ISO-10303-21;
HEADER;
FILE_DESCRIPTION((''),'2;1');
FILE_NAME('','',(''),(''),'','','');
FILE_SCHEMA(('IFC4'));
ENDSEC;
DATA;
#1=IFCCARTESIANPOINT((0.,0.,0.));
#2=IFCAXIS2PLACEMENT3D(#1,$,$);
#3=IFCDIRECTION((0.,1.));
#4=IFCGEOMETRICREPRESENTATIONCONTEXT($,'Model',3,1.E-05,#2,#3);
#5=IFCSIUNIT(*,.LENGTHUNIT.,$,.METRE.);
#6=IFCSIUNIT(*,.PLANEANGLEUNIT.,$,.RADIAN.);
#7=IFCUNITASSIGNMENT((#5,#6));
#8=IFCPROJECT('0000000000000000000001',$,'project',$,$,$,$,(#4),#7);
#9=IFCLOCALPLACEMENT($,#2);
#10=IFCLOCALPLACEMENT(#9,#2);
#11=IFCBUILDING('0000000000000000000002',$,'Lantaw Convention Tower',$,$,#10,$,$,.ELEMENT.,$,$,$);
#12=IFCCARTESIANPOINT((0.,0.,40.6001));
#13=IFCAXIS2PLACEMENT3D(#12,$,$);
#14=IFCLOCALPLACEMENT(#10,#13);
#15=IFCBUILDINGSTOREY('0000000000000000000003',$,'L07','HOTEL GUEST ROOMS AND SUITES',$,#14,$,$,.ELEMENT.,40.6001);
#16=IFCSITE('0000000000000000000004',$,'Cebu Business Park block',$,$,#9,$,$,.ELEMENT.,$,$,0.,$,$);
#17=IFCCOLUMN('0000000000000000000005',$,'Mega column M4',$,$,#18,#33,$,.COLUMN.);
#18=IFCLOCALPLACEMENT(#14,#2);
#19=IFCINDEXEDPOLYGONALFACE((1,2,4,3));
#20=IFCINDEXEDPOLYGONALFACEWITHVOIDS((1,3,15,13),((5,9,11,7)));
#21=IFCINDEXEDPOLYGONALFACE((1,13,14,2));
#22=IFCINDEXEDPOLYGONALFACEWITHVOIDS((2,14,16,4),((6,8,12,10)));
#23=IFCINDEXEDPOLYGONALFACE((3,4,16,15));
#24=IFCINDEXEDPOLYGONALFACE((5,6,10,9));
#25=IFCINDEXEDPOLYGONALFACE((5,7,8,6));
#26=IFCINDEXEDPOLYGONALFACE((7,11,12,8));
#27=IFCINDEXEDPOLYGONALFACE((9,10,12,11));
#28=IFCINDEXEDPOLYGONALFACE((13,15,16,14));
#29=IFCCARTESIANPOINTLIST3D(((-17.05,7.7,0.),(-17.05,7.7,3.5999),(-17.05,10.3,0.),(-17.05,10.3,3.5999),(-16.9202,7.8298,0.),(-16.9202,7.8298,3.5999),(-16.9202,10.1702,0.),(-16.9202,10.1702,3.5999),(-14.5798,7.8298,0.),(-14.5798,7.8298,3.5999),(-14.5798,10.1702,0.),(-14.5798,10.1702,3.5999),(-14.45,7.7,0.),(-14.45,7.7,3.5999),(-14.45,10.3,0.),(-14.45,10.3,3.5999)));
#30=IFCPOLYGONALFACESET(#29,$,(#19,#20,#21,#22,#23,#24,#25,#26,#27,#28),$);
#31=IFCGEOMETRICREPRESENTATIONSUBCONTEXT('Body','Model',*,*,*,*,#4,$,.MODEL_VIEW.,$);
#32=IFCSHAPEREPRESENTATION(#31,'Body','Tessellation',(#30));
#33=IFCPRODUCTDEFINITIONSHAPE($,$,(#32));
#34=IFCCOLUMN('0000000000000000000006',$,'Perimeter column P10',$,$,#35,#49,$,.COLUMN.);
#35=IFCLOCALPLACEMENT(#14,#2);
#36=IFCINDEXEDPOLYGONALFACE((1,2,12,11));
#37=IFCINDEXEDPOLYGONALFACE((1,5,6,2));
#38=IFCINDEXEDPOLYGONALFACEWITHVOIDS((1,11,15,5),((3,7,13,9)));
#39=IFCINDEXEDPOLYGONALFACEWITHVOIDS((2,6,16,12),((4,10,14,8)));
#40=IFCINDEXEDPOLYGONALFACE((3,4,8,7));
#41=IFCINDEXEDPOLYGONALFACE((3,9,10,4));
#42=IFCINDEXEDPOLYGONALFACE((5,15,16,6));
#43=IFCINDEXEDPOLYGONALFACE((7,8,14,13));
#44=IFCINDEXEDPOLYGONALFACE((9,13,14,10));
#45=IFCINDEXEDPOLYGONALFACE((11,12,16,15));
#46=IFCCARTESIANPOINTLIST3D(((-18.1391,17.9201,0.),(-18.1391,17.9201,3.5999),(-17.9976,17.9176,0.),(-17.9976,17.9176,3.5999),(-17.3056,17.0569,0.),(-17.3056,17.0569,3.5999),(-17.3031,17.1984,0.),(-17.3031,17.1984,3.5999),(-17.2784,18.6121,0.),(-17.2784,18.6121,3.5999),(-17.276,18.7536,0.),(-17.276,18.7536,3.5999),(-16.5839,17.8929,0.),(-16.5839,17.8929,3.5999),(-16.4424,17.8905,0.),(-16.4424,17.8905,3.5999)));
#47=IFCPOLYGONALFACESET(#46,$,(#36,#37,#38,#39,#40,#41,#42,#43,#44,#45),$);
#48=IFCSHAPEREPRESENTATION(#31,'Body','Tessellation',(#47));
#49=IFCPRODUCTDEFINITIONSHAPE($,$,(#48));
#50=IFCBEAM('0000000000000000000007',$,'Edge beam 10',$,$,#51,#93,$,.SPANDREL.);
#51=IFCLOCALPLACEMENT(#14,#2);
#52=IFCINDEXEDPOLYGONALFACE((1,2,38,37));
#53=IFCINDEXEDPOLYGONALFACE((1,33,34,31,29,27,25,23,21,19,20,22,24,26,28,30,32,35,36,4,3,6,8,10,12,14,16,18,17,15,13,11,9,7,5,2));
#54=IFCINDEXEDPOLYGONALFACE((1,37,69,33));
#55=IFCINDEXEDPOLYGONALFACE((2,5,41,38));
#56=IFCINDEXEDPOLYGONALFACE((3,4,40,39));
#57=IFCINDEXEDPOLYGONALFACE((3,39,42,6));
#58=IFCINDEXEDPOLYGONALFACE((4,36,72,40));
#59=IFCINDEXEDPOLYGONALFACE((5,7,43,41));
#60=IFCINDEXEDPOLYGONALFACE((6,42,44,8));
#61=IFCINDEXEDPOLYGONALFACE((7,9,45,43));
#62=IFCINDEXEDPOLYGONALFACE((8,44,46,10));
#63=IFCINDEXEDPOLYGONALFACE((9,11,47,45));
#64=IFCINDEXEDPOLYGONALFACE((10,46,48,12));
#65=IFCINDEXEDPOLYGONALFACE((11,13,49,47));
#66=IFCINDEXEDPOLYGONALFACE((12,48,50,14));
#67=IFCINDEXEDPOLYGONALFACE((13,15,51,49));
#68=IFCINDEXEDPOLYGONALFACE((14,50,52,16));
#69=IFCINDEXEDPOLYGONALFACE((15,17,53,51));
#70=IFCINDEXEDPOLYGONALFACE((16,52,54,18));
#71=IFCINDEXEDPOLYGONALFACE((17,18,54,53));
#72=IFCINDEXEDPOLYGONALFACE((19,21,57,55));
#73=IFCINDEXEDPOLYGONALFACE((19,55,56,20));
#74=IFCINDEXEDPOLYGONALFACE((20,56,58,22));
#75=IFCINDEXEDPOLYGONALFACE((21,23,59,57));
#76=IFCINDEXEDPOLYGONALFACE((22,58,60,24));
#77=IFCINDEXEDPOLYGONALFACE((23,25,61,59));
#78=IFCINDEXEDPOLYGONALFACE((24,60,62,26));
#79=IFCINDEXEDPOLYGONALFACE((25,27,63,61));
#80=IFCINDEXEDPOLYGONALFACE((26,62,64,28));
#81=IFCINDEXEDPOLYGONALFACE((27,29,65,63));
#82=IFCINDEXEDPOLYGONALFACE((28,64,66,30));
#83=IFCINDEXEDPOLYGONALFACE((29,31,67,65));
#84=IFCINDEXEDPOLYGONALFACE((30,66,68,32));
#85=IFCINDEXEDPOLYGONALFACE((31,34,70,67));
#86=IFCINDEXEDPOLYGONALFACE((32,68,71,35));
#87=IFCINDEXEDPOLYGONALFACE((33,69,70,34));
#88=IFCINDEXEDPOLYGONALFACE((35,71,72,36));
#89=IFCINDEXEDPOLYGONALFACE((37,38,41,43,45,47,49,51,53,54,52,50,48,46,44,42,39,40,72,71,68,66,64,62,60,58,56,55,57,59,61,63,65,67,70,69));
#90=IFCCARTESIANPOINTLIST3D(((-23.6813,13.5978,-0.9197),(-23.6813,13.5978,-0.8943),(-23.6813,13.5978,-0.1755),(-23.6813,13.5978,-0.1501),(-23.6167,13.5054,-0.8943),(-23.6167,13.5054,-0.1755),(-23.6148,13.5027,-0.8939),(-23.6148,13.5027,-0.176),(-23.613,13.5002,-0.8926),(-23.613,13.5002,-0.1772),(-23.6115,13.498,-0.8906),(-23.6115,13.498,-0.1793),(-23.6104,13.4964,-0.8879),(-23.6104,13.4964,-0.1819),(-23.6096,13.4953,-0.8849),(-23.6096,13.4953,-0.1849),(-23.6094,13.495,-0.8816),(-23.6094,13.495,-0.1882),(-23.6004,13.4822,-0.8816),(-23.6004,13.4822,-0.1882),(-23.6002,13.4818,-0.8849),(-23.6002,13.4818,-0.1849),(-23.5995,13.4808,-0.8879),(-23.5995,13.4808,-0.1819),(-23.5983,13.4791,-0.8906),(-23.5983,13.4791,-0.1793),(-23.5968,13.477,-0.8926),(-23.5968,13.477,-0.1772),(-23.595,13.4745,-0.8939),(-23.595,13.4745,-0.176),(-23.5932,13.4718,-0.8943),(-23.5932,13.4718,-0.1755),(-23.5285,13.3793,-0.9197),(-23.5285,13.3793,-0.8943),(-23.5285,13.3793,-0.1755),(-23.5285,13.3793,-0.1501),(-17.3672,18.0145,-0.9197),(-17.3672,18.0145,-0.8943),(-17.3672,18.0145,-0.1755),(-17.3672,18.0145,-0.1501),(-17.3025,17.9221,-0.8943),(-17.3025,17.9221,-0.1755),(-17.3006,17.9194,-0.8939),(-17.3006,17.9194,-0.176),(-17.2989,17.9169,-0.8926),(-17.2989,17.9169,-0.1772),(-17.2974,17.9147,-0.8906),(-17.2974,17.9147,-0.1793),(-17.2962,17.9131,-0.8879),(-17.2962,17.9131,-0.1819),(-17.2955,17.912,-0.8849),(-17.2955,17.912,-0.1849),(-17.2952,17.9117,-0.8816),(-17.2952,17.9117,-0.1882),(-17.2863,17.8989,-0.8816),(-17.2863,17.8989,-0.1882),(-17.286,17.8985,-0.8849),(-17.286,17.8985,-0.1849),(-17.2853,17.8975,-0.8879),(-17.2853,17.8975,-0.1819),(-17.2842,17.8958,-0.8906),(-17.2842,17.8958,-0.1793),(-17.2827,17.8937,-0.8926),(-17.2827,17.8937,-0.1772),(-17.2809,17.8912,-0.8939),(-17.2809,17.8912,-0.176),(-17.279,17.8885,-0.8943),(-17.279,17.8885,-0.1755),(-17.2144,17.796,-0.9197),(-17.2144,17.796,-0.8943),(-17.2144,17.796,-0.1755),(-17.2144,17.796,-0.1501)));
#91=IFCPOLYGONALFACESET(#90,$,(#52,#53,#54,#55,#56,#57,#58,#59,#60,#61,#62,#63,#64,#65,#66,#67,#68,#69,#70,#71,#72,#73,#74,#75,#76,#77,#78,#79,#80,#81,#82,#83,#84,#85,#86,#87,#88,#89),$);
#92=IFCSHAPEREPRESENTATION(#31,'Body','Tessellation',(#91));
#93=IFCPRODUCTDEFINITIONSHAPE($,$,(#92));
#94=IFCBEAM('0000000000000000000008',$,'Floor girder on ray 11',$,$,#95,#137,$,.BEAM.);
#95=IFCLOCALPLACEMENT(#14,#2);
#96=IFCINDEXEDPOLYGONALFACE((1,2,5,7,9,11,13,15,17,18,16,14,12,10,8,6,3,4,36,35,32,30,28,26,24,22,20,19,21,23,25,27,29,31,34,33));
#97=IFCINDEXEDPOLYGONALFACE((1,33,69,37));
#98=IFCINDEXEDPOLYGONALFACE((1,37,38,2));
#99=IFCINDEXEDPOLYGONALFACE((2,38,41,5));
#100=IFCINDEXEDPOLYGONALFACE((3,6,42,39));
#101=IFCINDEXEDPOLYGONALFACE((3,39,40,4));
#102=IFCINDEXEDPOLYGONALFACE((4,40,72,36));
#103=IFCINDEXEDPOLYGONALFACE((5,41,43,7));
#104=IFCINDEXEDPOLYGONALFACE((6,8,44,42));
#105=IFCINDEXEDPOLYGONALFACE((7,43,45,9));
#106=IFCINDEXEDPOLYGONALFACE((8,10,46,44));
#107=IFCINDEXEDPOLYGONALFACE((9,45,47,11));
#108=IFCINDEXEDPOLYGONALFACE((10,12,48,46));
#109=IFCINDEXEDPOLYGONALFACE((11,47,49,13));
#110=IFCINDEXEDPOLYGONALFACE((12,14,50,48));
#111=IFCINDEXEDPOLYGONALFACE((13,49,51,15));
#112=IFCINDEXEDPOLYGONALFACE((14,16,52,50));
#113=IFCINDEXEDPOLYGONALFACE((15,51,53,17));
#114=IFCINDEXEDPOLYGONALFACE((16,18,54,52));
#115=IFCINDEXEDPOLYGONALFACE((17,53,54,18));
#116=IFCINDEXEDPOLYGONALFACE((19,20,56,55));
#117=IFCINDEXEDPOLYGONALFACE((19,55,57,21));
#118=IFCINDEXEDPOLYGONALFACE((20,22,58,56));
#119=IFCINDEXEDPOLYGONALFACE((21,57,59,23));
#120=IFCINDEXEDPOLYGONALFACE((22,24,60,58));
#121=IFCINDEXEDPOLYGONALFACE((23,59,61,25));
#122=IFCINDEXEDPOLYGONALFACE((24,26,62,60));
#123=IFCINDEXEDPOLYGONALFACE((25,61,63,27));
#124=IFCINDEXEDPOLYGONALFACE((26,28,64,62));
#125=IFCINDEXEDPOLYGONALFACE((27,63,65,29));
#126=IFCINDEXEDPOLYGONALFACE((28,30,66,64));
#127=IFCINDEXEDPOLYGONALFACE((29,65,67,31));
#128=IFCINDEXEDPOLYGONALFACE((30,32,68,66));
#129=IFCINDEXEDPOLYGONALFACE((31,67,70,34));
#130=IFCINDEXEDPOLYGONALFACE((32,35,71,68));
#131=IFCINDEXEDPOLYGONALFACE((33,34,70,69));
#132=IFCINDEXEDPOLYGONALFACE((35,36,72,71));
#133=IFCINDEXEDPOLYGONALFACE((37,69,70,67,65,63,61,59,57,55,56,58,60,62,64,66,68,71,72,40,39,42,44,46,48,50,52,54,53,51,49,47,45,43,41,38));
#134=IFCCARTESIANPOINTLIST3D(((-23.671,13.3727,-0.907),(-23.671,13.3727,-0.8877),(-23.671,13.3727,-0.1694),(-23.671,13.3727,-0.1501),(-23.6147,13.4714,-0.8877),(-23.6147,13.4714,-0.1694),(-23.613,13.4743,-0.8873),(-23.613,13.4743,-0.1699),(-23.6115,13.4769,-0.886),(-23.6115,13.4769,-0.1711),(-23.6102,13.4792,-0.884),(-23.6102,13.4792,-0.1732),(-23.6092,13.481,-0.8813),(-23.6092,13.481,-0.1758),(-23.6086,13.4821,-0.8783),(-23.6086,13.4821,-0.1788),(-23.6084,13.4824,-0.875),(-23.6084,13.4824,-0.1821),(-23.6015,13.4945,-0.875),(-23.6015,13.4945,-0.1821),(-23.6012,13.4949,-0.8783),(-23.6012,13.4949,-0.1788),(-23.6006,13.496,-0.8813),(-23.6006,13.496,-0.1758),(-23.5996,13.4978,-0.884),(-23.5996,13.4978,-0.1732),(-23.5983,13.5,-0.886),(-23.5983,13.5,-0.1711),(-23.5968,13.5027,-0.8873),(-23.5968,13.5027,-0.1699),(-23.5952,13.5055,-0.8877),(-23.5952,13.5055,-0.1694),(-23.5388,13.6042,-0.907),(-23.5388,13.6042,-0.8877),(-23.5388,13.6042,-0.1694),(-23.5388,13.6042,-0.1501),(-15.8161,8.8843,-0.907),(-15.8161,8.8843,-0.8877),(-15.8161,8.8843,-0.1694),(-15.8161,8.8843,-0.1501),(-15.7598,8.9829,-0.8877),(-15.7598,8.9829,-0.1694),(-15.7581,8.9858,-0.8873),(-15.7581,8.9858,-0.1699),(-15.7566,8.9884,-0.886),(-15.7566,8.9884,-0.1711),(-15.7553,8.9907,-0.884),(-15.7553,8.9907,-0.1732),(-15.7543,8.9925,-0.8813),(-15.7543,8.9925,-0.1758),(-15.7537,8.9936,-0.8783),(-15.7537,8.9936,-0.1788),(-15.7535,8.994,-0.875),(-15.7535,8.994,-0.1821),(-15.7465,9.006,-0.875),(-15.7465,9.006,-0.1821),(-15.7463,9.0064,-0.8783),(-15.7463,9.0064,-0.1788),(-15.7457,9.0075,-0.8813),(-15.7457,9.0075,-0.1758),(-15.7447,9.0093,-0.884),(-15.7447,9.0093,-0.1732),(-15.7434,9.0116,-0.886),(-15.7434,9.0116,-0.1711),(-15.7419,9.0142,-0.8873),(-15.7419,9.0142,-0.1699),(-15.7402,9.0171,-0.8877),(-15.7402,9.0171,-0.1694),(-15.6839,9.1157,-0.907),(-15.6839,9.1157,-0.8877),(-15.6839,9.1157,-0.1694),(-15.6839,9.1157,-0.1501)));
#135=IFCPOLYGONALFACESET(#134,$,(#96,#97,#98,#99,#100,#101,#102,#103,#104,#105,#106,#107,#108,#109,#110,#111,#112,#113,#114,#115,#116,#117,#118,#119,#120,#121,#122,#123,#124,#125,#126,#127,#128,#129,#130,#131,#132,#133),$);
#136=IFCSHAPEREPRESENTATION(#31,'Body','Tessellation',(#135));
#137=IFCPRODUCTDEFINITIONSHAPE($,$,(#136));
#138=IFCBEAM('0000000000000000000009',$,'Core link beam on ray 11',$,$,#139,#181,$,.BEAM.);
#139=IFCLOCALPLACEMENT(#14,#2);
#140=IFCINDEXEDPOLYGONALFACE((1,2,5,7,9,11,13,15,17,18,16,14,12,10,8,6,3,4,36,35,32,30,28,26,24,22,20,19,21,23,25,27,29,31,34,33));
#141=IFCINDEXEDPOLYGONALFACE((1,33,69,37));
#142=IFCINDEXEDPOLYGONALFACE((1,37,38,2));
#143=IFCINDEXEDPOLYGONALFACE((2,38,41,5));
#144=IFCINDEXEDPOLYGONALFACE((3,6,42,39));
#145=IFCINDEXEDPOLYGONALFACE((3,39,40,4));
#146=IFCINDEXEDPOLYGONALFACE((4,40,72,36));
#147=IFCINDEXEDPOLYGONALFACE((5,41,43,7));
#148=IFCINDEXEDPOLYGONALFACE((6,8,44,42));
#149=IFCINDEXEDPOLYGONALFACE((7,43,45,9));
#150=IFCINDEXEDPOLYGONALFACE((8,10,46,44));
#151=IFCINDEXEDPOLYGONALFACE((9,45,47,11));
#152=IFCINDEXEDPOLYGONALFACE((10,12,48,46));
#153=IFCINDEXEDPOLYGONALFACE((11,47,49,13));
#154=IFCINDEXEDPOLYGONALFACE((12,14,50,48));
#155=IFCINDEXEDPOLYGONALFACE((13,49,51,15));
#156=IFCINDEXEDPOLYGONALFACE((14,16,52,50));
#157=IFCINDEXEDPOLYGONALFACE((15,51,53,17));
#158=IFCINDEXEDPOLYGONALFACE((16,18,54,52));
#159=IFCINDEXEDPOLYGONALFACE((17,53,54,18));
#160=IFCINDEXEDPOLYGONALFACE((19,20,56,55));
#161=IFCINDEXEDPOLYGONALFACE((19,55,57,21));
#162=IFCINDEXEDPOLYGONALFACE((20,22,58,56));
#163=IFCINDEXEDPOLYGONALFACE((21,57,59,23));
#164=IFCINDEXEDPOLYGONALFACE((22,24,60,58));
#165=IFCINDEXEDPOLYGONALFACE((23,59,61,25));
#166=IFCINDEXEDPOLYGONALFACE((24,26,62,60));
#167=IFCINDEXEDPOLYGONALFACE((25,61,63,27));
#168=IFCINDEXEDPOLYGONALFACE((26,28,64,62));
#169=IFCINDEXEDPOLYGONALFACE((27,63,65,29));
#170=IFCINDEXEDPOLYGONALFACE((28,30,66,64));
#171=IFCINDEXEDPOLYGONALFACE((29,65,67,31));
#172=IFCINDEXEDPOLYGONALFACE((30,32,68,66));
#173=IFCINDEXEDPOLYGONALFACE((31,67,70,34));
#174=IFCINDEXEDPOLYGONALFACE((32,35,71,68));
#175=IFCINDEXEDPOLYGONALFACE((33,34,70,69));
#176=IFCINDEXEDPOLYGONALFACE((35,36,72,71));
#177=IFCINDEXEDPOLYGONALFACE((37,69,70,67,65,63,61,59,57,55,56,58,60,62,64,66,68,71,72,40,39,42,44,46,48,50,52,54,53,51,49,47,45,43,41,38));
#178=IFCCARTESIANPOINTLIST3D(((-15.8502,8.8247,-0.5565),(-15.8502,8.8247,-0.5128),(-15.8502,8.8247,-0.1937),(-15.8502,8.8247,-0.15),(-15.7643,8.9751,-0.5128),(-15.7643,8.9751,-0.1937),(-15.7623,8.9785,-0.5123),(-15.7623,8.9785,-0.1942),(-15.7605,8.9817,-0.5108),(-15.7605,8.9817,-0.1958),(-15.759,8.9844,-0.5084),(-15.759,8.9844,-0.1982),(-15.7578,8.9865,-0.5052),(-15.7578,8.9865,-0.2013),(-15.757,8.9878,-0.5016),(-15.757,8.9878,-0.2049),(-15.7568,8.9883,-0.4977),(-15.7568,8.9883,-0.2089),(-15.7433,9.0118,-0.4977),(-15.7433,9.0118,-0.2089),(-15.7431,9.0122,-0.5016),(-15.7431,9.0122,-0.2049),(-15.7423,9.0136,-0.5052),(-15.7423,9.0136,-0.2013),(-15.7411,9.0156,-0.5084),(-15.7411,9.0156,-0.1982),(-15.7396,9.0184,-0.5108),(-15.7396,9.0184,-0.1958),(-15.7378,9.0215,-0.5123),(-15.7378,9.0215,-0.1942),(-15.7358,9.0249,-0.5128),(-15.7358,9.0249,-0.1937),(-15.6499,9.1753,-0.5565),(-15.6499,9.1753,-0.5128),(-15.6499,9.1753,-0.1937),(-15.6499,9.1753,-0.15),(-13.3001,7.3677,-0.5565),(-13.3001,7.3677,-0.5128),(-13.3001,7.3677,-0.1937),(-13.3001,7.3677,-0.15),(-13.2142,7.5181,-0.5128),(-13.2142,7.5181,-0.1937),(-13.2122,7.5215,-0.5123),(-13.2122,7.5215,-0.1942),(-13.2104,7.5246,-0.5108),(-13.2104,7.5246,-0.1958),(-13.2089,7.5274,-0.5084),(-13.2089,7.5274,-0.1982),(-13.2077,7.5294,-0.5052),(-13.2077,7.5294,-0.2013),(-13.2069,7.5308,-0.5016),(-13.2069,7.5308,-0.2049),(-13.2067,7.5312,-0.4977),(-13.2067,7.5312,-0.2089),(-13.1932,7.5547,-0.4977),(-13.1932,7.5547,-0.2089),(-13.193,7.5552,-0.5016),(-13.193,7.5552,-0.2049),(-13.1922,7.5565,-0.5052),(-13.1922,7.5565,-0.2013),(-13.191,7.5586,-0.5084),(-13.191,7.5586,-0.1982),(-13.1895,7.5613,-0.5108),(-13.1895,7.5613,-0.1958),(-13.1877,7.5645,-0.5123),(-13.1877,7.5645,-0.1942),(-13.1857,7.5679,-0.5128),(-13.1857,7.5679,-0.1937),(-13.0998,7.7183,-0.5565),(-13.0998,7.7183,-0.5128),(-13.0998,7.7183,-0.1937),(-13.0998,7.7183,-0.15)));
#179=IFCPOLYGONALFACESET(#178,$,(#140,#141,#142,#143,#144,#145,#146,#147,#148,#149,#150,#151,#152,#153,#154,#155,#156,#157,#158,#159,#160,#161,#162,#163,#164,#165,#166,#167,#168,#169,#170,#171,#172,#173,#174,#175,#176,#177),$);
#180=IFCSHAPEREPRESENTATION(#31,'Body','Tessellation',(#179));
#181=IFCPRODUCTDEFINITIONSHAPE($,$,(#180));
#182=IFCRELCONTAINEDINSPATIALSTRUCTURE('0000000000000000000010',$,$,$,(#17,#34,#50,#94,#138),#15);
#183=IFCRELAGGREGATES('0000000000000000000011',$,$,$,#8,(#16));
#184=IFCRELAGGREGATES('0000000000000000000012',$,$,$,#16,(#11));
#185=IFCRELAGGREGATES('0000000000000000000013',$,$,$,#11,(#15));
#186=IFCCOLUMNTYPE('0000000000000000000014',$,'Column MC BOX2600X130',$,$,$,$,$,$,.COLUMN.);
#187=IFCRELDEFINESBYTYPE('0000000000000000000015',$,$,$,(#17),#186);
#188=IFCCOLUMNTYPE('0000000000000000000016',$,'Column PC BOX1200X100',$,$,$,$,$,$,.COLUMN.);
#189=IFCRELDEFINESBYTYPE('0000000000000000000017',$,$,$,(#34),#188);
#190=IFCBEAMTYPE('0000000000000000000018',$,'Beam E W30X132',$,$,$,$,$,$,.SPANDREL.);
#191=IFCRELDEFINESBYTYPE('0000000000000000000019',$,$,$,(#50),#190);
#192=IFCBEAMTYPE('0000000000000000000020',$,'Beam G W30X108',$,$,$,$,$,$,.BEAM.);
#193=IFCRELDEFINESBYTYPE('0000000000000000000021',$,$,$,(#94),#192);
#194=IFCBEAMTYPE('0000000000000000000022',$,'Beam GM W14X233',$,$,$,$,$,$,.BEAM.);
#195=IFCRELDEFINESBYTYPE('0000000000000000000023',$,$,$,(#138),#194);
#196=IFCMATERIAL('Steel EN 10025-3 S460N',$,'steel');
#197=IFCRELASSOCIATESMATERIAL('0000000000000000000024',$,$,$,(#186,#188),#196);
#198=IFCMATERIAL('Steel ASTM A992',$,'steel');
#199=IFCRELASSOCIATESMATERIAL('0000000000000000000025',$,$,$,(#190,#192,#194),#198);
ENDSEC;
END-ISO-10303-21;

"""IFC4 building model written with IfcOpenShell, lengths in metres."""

from ifc_helpers import new_model, si_unit, direction, frame, origin, origin_2d, place, context, subcontext, project, spatial, rectangle, hollow_rectangle, i_section, extrude, material, material_profile, profile_set, type_object, element, save


model = new_model("IFC4")

# Units and contexts
model_context = context("Model", 3, precision=1e-05, world=origin(), true_north=direction((0.0, 1.0)))
body_context = subcontext(model_context, "Body", "Model", "MODEL_VIEW")
ifc_project = project(units=[si_unit("LENGTHUNIT", "METRE"), si_unit("PLANEANGLEUNIT", "RADIAN")], contexts=[model_context])

# Site, building, storey
site_placement = place(None, origin())
site = spatial("IfcSite", under=ifc_project, at=site_placement, Name="Cebu Business Park block", CompositionType="ELEMENT", RefElevation=0.0)
building_placement = place(site_placement, origin())
building = spatial("IfcBuilding", under=site, at=building_placement, Name="Lantaw Convention Tower", CompositionType="ELEMENT")
storey_placement = place(building_placement, frame((0.0, 0.0, 40.6001)))
storey = spatial("IfcBuildingStorey", under=building, at=storey_placement, Name="L07", Description="HOTEL GUEST ROOMS AND SUITES", CompositionType="ELEMENT", Elevation=40.6001)

# Columns
ifc_material_1 = material(Name="Steel EN 10025-3 S460N", Category="steel")
ifc_material_profile_1 = material_profile(ifc_material_1, hollow_rectangle(XDim=2.6001, YDim=2.6001, WallThickness=0.1299, at=origin_2d()), Name="BOX2600X130")
ifc_material_2 = material(Name="Concrete C60/75", Category="concrete")
ifc_material_profile_2 = material_profile(ifc_material_2, rectangle(XDim=2.3401, YDim=2.3401, at=origin_2d()), Name="Concrete fill of BOX2600X130")
ifc_profile_set_1 = profile_set([ifc_material_profile_1, ifc_material_profile_2], Name="Steel EN 10025-3 S460N")
column_type_1 = type_object("IfcColumnType", Name="Column MC BOX2600X130", PredefinedType="COLUMN", material=ifc_profile_set_1)
column_1_placement = place(storey_placement, frame((-15.75, 9.0, 0.0), z_axis=(0.0, 0.0, 1.0), x_axis=(1.0, 0.0, 0.0)))
element("IfcColumn", 1, at=column_1_placement, inside=storey, type_object=column_type_1, Name="Mega column M4", PredefinedType="COLUMN", context=body_context, shape_type="SweptSolid", body=[
    extrude(hollow_rectangle(XDim=2.6001, YDim=2.6001, WallThickness=0.1299, at=origin_2d()), origin(), (0.0, 0.0, 1.0), 3.5999),
])
ifc_material_profile_3 = material_profile(ifc_material_1, hollow_rectangle(XDim=1.2, YDim=1.2, WallThickness=0.1001, at=origin_2d()), Name="BOX1200X100")
ifc_material_profile_4 = material_profile(ifc_material_2, rectangle(XDim=1.0, YDim=1.0, at=origin_2d()), Name="Concrete fill of BOX1200X100")
ifc_profile_set_2 = profile_set([ifc_material_profile_3, ifc_material_profile_4], Name="Steel EN 10025-3 S460N")
column_type_2 = type_object("IfcColumnType", Name="Column PC BOX1200X100", PredefinedType="COLUMN", material=ifc_profile_set_2)
column_2_placement = place(storey_placement, frame((-17.2908, 17.9053, 0.0), z_axis=(0.0, 0.0, 1.0), x_axis=(0.71934, 0.694658, 0.0)))
element("IfcColumn", 2, at=column_2_placement, inside=storey, type_object=column_type_2, Name="Perimeter column P10", PredefinedType="COLUMN", context=body_context, shape_type="SweptSolid", body=[
    extrude(hollow_rectangle(XDim=1.2, YDim=1.2, WallThickness=0.1001, at=origin_2d()), origin(), (0.0, 0.0, 1.0), 3.5999),
])

# Beams
ifc_material_3 = material(Name="Steel ASTM A992", Category="steel")
ifc_material_profile_5 = material_profile(ifc_material_3, i_section(OverallWidth=0.2666, OverallDepth=0.7695, WebThickness=0.0156, FlangeThickness=0.0254, FilletRadius=0.0127, at=origin_2d()), Name="W30X132")
ifc_profile_set_3 = profile_set([ifc_material_profile_5], Name="Steel ASTM A992")
beam_type_1 = type_object("IfcBeamType", Name="Beam E W30X132", PredefinedType="SPANDREL", material=ifc_profile_set_3)
beam_1_placement = place(storey_placement, frame((-17.2908, 17.9053, -0.5349), z_axis=(-0.819427, -0.573184, 0.0), x_axis=(0.573184, -0.819427, 0.0)))
element("IfcBeam", 3, at=beam_1_placement, inside=storey, type_object=beam_type_1, Name="Edge beam 10", PredefinedType="SPANDREL", context=body_context, shape_type="SweptSolid", body=[
    extrude(i_section(OverallWidth=0.2666, OverallDepth=0.7695, WebThickness=0.0156, FlangeThickness=0.0254, FilletRadius=0.0127, at=origin_2d()), origin(), (0.0, 0.0, 1.0), 7.7056),
])
ifc_material_profile_6 = material_profile(ifc_material_3, i_section(OverallWidth=0.2666, OverallDepth=0.7568, WebThickness=0.0139, FlangeThickness=0.0193, FilletRadius=0.0127, at=origin_2d()), Name="W30X108")
ifc_profile_set_4 = profile_set([ifc_material_profile_6], Name="Steel ASTM A992")
beam_type_2 = type_object("IfcBeamType", Name="Beam G W30X108", PredefinedType="BEAM", material=ifc_profile_set_4)
beam_2_placement = place(storey_placement, frame((-15.75, 9.0, -0.5286), z_axis=(-0.868245, 0.496136, 0.0), x_axis=(-0.496136, -0.868245, 0.0)))
element("IfcBeam", 4, at=beam_2_placement, inside=storey, type_object=beam_type_2, Name="Floor girder on ray 11", PredefinedType="BEAM", context=body_context, shape_type="SweptSolid", body=[
    extrude(i_section(OverallWidth=0.2666, OverallDepth=0.7568, WebThickness=0.0139, FlangeThickness=0.0193, FilletRadius=0.0127, at=origin_2d()), origin(), (0.0, 0.0, 1.0), 9.0469),
])
ifc_material_profile_7 = material_profile(ifc_material_3, i_section(OverallWidth=0.4038, OverallDepth=0.4065, WebThickness=0.0271, FlangeThickness=0.0437, FilletRadius=0.0151, at=origin_2d()), Name="W14X233")
ifc_profile_set_5 = profile_set([ifc_material_profile_7], Name="Steel ASTM A992")
beam_type_3 = type_object("IfcBeamType", Name="Beam GM W14X233", PredefinedType="BEAM", material=ifc_profile_set_5)
beam_3_placement = place(storey_placement, frame((-13.2, 7.543, -0.3533), z_axis=(-0.868264, 0.496103, 0.0), x_axis=(-0.496103, -0.868264, 0.0)))
element("IfcBeam", 5, at=beam_3_placement, inside=storey, type_object=beam_type_3, Name="Core link beam on ray 11", PredefinedType="BEAM", context=body_context, shape_type="SweptSolid", body=[
    extrude(i_section(OverallWidth=0.4038, OverallDepth=0.4065, WebThickness=0.0271, FlangeThickness=0.0437, FilletRadius=0.0151, at=origin_2d()), origin(), (0.0, 0.0, 1.0), 2.937),
])

save(model, "model.ifc")
